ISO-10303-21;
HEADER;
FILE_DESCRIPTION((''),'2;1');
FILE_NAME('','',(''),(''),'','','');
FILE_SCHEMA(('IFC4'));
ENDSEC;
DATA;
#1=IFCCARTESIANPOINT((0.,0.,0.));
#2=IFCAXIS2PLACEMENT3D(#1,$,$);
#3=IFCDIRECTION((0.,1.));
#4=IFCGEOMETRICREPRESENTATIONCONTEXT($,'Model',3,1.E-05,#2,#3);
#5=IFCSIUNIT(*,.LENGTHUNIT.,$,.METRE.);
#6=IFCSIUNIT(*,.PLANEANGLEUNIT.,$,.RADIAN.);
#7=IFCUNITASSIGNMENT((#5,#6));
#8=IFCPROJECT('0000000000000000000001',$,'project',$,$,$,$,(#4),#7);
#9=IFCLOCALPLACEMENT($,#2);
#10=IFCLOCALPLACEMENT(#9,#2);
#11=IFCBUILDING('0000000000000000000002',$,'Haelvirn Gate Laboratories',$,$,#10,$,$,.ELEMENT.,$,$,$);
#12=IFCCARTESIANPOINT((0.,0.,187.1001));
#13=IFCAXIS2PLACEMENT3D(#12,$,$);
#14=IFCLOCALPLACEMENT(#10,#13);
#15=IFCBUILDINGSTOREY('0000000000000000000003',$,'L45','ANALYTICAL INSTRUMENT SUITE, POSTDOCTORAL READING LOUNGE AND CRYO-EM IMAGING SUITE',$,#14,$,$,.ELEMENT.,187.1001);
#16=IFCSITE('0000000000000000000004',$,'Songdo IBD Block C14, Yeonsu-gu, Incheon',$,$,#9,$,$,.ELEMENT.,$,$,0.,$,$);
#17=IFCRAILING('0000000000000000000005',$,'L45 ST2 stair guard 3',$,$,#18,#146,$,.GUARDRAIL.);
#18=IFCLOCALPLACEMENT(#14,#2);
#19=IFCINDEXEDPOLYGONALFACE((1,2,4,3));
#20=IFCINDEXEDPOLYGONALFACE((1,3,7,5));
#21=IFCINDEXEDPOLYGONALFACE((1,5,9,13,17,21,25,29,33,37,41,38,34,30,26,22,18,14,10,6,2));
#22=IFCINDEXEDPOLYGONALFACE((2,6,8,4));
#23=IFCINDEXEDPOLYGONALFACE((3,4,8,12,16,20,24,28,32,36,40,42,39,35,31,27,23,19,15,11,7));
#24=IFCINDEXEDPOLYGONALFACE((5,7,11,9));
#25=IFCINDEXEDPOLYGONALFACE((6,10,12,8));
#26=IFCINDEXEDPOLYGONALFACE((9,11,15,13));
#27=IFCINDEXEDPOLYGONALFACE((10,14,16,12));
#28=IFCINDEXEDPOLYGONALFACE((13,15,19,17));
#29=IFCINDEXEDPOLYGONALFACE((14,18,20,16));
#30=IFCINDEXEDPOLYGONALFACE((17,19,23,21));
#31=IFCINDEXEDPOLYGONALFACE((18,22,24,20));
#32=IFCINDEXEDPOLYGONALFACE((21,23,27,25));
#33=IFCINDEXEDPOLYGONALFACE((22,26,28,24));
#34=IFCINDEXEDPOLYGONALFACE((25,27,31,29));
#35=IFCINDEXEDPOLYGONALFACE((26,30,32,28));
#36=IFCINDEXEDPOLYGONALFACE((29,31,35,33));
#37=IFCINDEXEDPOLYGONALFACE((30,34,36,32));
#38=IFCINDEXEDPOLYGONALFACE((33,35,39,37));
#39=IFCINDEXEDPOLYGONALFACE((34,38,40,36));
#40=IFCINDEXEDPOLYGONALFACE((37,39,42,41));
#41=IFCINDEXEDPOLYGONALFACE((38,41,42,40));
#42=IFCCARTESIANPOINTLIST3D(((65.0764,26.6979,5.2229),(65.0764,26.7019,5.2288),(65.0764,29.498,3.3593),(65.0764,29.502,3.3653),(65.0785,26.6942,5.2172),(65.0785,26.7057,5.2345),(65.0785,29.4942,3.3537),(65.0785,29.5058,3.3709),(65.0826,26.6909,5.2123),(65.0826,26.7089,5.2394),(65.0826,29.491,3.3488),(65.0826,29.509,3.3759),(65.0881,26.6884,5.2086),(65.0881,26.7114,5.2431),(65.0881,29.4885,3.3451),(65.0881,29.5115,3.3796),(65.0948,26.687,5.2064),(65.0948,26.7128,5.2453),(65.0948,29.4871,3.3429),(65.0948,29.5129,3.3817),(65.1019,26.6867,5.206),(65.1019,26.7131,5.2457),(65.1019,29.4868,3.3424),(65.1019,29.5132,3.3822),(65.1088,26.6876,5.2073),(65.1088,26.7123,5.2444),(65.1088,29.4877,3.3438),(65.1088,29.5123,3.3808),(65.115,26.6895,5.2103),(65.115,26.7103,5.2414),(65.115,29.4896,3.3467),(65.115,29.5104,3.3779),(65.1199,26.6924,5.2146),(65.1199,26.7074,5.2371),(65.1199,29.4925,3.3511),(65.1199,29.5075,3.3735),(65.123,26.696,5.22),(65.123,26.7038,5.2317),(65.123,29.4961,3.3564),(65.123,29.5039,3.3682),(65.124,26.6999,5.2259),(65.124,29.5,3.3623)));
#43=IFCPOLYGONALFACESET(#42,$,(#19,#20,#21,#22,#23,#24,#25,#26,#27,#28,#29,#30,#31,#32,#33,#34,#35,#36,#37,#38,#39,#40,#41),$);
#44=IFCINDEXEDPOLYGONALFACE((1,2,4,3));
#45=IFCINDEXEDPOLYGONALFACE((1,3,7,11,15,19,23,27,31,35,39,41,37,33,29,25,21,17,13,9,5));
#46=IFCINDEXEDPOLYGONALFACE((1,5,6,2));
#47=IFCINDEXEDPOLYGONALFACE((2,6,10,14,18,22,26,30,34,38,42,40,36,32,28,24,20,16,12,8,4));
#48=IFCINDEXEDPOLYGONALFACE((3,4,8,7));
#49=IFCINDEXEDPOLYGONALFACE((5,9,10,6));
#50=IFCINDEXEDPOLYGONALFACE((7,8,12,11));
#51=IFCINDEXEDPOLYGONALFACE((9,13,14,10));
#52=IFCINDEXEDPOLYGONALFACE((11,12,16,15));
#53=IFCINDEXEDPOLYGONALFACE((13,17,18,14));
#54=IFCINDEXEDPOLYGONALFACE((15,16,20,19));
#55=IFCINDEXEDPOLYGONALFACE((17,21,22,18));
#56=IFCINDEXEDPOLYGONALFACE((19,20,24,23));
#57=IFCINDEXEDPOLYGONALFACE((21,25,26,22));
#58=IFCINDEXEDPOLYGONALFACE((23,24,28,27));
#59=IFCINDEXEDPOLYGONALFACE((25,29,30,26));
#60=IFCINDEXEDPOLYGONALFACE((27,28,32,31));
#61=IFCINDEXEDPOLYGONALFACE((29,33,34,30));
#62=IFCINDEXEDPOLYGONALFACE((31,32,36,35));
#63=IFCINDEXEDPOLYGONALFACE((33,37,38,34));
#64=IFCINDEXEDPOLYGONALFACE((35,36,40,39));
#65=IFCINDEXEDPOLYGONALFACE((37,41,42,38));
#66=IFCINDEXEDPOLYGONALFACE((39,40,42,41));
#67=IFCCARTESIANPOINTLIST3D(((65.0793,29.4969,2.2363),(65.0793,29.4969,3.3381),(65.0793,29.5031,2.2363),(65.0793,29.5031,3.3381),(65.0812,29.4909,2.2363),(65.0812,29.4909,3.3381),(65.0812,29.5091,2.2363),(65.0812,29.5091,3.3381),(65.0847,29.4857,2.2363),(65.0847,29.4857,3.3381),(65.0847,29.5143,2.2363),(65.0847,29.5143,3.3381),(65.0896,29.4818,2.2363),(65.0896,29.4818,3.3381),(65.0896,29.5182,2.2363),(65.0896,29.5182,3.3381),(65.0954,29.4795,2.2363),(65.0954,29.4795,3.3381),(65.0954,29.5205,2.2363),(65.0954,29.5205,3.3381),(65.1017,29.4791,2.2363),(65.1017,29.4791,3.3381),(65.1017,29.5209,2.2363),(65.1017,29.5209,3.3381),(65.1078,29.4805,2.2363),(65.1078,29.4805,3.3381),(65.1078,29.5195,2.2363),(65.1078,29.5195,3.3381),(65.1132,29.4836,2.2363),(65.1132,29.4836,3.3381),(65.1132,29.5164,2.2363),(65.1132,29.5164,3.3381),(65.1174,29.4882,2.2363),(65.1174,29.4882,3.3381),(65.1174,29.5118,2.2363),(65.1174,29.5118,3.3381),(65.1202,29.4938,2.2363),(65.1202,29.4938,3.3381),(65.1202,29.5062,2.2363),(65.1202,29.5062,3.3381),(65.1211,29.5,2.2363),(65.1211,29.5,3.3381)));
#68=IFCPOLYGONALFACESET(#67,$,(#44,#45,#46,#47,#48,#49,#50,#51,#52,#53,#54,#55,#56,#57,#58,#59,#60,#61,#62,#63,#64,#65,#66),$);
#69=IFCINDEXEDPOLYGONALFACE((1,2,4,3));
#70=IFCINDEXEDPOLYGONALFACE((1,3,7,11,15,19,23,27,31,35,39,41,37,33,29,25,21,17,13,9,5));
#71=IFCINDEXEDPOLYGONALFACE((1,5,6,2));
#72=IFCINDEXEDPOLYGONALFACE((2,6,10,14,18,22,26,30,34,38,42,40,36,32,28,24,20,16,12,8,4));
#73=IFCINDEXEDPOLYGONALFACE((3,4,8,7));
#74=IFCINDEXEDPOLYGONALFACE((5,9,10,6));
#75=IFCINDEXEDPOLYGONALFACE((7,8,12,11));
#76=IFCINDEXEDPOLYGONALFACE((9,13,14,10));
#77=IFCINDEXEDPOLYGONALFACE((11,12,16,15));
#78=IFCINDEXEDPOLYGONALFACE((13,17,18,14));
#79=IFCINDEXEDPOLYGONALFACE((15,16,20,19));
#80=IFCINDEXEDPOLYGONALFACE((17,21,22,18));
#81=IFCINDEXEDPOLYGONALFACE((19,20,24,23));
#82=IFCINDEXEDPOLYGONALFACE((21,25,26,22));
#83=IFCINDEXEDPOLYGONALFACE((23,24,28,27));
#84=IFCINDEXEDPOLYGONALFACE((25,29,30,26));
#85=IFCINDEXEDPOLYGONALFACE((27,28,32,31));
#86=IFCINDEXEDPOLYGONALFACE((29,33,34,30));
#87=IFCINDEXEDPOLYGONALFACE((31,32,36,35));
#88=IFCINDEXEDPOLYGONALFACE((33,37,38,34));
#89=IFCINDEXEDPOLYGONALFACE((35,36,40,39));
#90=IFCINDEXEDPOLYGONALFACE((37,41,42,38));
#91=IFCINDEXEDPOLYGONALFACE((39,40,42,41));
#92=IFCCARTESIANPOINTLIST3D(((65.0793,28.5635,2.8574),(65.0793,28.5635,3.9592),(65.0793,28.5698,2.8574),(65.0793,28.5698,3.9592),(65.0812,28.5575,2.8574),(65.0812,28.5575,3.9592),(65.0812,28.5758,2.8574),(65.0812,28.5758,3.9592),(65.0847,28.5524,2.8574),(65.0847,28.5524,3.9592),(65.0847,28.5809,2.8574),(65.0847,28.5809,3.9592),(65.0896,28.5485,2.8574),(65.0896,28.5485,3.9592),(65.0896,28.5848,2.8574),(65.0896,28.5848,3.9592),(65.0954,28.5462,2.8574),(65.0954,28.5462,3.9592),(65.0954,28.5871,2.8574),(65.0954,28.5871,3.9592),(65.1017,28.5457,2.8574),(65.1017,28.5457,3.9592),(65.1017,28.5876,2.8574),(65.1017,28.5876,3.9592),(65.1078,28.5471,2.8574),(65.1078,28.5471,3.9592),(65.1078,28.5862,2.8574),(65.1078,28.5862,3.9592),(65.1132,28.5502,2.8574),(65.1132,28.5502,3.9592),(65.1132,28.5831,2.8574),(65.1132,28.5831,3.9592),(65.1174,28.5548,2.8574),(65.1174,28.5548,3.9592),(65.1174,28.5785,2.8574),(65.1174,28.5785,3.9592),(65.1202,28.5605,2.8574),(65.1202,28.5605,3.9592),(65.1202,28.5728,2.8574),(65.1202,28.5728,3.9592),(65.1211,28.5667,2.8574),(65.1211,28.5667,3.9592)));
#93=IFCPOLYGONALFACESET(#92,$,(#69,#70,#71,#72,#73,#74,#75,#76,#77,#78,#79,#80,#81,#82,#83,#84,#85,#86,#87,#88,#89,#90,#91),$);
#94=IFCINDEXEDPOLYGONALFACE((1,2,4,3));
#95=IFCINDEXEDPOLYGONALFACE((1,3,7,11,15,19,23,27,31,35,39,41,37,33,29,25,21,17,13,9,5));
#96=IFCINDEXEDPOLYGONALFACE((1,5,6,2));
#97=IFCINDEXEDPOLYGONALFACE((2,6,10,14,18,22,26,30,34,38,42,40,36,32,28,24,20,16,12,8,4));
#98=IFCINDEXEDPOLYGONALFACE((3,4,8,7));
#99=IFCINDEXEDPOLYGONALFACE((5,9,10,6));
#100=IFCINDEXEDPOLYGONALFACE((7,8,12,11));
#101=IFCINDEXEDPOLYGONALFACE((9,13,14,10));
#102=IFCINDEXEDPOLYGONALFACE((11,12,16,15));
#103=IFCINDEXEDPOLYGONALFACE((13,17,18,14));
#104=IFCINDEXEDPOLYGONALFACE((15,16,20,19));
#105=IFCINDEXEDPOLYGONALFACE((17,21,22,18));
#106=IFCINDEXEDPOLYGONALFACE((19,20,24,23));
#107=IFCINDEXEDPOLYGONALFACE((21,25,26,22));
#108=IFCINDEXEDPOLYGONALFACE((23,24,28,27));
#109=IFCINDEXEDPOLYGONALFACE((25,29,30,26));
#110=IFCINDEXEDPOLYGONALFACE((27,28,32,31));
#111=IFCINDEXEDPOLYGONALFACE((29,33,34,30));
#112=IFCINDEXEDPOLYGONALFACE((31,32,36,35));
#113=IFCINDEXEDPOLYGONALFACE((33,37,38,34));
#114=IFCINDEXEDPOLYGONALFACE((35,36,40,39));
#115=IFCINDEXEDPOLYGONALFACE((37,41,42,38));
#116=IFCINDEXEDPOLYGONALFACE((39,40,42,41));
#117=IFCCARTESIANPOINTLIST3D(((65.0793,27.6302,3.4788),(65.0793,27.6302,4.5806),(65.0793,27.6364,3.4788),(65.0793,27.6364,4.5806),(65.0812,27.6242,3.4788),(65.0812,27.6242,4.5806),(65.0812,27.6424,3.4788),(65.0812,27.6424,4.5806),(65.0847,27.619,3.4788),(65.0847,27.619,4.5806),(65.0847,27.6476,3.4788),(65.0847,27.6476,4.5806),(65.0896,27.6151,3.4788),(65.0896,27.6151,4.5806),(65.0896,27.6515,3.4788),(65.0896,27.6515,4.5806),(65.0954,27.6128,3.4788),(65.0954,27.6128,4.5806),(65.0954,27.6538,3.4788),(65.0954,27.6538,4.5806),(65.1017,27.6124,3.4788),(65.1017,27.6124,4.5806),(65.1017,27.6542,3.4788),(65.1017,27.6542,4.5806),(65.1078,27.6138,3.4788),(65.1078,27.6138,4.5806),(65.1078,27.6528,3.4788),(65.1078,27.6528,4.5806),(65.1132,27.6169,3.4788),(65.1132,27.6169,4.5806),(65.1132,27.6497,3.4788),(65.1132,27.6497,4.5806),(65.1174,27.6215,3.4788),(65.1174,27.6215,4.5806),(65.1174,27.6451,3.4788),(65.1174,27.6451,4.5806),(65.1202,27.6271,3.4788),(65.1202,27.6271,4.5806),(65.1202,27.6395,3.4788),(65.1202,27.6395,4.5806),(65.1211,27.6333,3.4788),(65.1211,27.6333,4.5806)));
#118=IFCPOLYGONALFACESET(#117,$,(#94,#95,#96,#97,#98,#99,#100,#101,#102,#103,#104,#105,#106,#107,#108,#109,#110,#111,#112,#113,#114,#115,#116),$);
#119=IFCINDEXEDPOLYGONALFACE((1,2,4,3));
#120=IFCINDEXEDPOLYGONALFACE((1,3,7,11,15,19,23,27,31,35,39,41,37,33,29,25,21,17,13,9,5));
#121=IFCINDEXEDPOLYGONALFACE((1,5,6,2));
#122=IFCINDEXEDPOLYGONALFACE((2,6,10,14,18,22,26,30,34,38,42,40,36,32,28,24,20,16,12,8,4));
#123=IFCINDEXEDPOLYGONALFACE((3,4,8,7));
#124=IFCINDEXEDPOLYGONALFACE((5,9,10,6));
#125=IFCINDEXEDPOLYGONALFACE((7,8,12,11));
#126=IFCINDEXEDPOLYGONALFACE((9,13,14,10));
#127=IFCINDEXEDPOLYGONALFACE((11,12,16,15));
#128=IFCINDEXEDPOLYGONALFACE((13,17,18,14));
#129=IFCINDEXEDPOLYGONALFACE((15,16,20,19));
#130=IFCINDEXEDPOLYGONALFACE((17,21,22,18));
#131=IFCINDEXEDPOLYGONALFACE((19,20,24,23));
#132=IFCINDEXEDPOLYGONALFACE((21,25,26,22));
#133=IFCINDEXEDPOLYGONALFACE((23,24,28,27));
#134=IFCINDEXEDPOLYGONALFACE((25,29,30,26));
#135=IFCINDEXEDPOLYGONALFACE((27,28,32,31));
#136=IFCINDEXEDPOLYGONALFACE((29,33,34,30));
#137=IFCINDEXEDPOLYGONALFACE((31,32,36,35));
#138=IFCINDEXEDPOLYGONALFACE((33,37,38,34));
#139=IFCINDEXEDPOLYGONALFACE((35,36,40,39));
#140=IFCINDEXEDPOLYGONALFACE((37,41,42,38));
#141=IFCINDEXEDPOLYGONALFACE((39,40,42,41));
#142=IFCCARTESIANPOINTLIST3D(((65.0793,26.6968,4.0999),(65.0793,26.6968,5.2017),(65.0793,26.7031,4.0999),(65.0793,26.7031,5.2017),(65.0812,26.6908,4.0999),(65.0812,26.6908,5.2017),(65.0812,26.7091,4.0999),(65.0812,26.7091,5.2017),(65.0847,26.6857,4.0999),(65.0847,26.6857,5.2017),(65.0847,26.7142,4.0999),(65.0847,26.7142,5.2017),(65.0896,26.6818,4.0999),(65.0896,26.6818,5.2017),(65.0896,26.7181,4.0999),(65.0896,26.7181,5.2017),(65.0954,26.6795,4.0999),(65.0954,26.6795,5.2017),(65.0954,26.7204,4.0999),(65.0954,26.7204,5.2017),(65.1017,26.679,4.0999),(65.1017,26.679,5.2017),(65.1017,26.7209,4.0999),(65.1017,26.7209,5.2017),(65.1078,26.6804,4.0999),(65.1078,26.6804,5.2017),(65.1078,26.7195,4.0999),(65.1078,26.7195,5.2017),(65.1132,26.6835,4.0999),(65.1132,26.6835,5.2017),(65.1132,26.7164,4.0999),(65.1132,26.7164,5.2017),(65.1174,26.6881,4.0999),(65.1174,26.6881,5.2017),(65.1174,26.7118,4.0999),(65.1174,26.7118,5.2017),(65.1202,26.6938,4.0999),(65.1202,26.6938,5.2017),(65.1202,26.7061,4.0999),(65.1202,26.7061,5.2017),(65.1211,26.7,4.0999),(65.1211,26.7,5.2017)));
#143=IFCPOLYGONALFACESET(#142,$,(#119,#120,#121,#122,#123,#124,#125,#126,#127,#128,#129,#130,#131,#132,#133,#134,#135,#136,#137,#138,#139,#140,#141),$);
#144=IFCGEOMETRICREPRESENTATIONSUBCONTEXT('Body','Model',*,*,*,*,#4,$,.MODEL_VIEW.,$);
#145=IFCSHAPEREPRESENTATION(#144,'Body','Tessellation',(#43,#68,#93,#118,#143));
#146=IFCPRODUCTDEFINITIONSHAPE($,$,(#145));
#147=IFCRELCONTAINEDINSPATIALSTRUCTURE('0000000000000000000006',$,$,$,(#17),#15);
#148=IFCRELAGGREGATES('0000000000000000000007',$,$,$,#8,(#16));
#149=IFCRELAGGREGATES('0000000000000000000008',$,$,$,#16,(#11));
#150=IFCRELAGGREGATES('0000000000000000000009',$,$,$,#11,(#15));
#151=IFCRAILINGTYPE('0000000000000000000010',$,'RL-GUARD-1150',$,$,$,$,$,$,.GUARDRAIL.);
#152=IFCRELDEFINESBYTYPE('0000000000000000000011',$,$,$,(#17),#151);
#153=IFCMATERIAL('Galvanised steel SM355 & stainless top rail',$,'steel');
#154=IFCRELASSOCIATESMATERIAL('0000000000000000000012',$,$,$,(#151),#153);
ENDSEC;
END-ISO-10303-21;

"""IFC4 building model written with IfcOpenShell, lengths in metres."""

from ifc_helpers import new_model, si_unit, direction, frame, origin, origin_2d, place, context, subcontext, project, spatial, circle, extrude, source, transform, mapped, material, type_object, element, save


model = new_model("IFC4")

# Units and contexts
model_context = context("Model", 3, precision=1e-05, world=origin(), true_north=direction((0.0, 1.0)))
body_context = subcontext(model_context, "Body", "Model", "MODEL_VIEW")
ifc_project = project(units=[si_unit("LENGTHUNIT", "METRE"), si_unit("PLANEANGLEUNIT", "RADIAN")], contexts=[model_context])

# Site, building, storey
site_placement = place(None, origin())
site = spatial("IfcSite", under=ifc_project, at=site_placement, Name="Songdo IBD Block C14, Yeonsu-gu, Incheon", CompositionType="ELEMENT", RefElevation=0.0)
building_placement = place(site_placement, origin())
building = spatial("IfcBuilding", under=site, at=building_placement, Name="Haelvirn Gate Laboratories", CompositionType="ELEMENT")
storey_placement = place(building_placement, frame((0.0, 0.0, 187.1001)))
storey = spatial("IfcBuildingStorey", under=building, at=storey_placement, Name="L45", Description="ANALYTICAL INSTRUMENT SUITE, POSTDOCTORAL READING LOUNGE AND CRYO-EM IMAGING SUITE", CompositionType="ELEMENT", Elevation=187.1001)

# Railing
ifc_material_1 = material(Name="Galvanised steel SM355 & stainless top rail", Category="steel")
railing_type_1 = type_object("IfcRailingType", Name="RL-GUARD-1150", PredefinedType="GUARDRAIL", material=ifc_material_1)
shared_shape_1 = source(origin(), body_context, "Body", "SweptSolid", [
    extrude(circle(Radius=0.0239, at=origin_2d()), frame((0.0, 0.0, 1.126), z_axis=(0.0, -0.832486, 0.554047), x_axis=(1.0, 0.0, 0.0)), (0.0, 0.0, 1.0), 3.3635),
    extrude(circle(Radius=0.021, at=origin_2d()), origin(), (0.0, 0.0, 1.0), 1.1018),
    extrude(circle(Radius=0.021, at=origin_2d()), frame((0.0, -0.9333, 0.6211)), (0.0, 0.0, 1.0), 1.1018),
    extrude(circle(Radius=0.021, at=origin_2d()), frame((0.0, -1.8667, 1.2424)), (0.0, 0.0, 1.0), 1.1018),
    extrude(circle(Radius=0.021, at=origin_2d()), frame((0.0, -2.8, 1.8635)), (0.0, 0.0, 1.0), 1.1018),
])
railing_1_placement = place(storey_placement, frame((65.1001, 29.5, 2.2363)))
element("IfcRailing", 1, at=railing_1_placement, inside=storey, type_object=railing_type_1, Name="L45 ST2 stair guard 3", PredefinedType="GUARDRAIL", context=body_context, shape_type="MappedRepresentation", body=[
    mapped(shared_shape_1, transform((0.0, 0.0, 0.0), scale=1.0)),
])

save(model, "model.ifc")
